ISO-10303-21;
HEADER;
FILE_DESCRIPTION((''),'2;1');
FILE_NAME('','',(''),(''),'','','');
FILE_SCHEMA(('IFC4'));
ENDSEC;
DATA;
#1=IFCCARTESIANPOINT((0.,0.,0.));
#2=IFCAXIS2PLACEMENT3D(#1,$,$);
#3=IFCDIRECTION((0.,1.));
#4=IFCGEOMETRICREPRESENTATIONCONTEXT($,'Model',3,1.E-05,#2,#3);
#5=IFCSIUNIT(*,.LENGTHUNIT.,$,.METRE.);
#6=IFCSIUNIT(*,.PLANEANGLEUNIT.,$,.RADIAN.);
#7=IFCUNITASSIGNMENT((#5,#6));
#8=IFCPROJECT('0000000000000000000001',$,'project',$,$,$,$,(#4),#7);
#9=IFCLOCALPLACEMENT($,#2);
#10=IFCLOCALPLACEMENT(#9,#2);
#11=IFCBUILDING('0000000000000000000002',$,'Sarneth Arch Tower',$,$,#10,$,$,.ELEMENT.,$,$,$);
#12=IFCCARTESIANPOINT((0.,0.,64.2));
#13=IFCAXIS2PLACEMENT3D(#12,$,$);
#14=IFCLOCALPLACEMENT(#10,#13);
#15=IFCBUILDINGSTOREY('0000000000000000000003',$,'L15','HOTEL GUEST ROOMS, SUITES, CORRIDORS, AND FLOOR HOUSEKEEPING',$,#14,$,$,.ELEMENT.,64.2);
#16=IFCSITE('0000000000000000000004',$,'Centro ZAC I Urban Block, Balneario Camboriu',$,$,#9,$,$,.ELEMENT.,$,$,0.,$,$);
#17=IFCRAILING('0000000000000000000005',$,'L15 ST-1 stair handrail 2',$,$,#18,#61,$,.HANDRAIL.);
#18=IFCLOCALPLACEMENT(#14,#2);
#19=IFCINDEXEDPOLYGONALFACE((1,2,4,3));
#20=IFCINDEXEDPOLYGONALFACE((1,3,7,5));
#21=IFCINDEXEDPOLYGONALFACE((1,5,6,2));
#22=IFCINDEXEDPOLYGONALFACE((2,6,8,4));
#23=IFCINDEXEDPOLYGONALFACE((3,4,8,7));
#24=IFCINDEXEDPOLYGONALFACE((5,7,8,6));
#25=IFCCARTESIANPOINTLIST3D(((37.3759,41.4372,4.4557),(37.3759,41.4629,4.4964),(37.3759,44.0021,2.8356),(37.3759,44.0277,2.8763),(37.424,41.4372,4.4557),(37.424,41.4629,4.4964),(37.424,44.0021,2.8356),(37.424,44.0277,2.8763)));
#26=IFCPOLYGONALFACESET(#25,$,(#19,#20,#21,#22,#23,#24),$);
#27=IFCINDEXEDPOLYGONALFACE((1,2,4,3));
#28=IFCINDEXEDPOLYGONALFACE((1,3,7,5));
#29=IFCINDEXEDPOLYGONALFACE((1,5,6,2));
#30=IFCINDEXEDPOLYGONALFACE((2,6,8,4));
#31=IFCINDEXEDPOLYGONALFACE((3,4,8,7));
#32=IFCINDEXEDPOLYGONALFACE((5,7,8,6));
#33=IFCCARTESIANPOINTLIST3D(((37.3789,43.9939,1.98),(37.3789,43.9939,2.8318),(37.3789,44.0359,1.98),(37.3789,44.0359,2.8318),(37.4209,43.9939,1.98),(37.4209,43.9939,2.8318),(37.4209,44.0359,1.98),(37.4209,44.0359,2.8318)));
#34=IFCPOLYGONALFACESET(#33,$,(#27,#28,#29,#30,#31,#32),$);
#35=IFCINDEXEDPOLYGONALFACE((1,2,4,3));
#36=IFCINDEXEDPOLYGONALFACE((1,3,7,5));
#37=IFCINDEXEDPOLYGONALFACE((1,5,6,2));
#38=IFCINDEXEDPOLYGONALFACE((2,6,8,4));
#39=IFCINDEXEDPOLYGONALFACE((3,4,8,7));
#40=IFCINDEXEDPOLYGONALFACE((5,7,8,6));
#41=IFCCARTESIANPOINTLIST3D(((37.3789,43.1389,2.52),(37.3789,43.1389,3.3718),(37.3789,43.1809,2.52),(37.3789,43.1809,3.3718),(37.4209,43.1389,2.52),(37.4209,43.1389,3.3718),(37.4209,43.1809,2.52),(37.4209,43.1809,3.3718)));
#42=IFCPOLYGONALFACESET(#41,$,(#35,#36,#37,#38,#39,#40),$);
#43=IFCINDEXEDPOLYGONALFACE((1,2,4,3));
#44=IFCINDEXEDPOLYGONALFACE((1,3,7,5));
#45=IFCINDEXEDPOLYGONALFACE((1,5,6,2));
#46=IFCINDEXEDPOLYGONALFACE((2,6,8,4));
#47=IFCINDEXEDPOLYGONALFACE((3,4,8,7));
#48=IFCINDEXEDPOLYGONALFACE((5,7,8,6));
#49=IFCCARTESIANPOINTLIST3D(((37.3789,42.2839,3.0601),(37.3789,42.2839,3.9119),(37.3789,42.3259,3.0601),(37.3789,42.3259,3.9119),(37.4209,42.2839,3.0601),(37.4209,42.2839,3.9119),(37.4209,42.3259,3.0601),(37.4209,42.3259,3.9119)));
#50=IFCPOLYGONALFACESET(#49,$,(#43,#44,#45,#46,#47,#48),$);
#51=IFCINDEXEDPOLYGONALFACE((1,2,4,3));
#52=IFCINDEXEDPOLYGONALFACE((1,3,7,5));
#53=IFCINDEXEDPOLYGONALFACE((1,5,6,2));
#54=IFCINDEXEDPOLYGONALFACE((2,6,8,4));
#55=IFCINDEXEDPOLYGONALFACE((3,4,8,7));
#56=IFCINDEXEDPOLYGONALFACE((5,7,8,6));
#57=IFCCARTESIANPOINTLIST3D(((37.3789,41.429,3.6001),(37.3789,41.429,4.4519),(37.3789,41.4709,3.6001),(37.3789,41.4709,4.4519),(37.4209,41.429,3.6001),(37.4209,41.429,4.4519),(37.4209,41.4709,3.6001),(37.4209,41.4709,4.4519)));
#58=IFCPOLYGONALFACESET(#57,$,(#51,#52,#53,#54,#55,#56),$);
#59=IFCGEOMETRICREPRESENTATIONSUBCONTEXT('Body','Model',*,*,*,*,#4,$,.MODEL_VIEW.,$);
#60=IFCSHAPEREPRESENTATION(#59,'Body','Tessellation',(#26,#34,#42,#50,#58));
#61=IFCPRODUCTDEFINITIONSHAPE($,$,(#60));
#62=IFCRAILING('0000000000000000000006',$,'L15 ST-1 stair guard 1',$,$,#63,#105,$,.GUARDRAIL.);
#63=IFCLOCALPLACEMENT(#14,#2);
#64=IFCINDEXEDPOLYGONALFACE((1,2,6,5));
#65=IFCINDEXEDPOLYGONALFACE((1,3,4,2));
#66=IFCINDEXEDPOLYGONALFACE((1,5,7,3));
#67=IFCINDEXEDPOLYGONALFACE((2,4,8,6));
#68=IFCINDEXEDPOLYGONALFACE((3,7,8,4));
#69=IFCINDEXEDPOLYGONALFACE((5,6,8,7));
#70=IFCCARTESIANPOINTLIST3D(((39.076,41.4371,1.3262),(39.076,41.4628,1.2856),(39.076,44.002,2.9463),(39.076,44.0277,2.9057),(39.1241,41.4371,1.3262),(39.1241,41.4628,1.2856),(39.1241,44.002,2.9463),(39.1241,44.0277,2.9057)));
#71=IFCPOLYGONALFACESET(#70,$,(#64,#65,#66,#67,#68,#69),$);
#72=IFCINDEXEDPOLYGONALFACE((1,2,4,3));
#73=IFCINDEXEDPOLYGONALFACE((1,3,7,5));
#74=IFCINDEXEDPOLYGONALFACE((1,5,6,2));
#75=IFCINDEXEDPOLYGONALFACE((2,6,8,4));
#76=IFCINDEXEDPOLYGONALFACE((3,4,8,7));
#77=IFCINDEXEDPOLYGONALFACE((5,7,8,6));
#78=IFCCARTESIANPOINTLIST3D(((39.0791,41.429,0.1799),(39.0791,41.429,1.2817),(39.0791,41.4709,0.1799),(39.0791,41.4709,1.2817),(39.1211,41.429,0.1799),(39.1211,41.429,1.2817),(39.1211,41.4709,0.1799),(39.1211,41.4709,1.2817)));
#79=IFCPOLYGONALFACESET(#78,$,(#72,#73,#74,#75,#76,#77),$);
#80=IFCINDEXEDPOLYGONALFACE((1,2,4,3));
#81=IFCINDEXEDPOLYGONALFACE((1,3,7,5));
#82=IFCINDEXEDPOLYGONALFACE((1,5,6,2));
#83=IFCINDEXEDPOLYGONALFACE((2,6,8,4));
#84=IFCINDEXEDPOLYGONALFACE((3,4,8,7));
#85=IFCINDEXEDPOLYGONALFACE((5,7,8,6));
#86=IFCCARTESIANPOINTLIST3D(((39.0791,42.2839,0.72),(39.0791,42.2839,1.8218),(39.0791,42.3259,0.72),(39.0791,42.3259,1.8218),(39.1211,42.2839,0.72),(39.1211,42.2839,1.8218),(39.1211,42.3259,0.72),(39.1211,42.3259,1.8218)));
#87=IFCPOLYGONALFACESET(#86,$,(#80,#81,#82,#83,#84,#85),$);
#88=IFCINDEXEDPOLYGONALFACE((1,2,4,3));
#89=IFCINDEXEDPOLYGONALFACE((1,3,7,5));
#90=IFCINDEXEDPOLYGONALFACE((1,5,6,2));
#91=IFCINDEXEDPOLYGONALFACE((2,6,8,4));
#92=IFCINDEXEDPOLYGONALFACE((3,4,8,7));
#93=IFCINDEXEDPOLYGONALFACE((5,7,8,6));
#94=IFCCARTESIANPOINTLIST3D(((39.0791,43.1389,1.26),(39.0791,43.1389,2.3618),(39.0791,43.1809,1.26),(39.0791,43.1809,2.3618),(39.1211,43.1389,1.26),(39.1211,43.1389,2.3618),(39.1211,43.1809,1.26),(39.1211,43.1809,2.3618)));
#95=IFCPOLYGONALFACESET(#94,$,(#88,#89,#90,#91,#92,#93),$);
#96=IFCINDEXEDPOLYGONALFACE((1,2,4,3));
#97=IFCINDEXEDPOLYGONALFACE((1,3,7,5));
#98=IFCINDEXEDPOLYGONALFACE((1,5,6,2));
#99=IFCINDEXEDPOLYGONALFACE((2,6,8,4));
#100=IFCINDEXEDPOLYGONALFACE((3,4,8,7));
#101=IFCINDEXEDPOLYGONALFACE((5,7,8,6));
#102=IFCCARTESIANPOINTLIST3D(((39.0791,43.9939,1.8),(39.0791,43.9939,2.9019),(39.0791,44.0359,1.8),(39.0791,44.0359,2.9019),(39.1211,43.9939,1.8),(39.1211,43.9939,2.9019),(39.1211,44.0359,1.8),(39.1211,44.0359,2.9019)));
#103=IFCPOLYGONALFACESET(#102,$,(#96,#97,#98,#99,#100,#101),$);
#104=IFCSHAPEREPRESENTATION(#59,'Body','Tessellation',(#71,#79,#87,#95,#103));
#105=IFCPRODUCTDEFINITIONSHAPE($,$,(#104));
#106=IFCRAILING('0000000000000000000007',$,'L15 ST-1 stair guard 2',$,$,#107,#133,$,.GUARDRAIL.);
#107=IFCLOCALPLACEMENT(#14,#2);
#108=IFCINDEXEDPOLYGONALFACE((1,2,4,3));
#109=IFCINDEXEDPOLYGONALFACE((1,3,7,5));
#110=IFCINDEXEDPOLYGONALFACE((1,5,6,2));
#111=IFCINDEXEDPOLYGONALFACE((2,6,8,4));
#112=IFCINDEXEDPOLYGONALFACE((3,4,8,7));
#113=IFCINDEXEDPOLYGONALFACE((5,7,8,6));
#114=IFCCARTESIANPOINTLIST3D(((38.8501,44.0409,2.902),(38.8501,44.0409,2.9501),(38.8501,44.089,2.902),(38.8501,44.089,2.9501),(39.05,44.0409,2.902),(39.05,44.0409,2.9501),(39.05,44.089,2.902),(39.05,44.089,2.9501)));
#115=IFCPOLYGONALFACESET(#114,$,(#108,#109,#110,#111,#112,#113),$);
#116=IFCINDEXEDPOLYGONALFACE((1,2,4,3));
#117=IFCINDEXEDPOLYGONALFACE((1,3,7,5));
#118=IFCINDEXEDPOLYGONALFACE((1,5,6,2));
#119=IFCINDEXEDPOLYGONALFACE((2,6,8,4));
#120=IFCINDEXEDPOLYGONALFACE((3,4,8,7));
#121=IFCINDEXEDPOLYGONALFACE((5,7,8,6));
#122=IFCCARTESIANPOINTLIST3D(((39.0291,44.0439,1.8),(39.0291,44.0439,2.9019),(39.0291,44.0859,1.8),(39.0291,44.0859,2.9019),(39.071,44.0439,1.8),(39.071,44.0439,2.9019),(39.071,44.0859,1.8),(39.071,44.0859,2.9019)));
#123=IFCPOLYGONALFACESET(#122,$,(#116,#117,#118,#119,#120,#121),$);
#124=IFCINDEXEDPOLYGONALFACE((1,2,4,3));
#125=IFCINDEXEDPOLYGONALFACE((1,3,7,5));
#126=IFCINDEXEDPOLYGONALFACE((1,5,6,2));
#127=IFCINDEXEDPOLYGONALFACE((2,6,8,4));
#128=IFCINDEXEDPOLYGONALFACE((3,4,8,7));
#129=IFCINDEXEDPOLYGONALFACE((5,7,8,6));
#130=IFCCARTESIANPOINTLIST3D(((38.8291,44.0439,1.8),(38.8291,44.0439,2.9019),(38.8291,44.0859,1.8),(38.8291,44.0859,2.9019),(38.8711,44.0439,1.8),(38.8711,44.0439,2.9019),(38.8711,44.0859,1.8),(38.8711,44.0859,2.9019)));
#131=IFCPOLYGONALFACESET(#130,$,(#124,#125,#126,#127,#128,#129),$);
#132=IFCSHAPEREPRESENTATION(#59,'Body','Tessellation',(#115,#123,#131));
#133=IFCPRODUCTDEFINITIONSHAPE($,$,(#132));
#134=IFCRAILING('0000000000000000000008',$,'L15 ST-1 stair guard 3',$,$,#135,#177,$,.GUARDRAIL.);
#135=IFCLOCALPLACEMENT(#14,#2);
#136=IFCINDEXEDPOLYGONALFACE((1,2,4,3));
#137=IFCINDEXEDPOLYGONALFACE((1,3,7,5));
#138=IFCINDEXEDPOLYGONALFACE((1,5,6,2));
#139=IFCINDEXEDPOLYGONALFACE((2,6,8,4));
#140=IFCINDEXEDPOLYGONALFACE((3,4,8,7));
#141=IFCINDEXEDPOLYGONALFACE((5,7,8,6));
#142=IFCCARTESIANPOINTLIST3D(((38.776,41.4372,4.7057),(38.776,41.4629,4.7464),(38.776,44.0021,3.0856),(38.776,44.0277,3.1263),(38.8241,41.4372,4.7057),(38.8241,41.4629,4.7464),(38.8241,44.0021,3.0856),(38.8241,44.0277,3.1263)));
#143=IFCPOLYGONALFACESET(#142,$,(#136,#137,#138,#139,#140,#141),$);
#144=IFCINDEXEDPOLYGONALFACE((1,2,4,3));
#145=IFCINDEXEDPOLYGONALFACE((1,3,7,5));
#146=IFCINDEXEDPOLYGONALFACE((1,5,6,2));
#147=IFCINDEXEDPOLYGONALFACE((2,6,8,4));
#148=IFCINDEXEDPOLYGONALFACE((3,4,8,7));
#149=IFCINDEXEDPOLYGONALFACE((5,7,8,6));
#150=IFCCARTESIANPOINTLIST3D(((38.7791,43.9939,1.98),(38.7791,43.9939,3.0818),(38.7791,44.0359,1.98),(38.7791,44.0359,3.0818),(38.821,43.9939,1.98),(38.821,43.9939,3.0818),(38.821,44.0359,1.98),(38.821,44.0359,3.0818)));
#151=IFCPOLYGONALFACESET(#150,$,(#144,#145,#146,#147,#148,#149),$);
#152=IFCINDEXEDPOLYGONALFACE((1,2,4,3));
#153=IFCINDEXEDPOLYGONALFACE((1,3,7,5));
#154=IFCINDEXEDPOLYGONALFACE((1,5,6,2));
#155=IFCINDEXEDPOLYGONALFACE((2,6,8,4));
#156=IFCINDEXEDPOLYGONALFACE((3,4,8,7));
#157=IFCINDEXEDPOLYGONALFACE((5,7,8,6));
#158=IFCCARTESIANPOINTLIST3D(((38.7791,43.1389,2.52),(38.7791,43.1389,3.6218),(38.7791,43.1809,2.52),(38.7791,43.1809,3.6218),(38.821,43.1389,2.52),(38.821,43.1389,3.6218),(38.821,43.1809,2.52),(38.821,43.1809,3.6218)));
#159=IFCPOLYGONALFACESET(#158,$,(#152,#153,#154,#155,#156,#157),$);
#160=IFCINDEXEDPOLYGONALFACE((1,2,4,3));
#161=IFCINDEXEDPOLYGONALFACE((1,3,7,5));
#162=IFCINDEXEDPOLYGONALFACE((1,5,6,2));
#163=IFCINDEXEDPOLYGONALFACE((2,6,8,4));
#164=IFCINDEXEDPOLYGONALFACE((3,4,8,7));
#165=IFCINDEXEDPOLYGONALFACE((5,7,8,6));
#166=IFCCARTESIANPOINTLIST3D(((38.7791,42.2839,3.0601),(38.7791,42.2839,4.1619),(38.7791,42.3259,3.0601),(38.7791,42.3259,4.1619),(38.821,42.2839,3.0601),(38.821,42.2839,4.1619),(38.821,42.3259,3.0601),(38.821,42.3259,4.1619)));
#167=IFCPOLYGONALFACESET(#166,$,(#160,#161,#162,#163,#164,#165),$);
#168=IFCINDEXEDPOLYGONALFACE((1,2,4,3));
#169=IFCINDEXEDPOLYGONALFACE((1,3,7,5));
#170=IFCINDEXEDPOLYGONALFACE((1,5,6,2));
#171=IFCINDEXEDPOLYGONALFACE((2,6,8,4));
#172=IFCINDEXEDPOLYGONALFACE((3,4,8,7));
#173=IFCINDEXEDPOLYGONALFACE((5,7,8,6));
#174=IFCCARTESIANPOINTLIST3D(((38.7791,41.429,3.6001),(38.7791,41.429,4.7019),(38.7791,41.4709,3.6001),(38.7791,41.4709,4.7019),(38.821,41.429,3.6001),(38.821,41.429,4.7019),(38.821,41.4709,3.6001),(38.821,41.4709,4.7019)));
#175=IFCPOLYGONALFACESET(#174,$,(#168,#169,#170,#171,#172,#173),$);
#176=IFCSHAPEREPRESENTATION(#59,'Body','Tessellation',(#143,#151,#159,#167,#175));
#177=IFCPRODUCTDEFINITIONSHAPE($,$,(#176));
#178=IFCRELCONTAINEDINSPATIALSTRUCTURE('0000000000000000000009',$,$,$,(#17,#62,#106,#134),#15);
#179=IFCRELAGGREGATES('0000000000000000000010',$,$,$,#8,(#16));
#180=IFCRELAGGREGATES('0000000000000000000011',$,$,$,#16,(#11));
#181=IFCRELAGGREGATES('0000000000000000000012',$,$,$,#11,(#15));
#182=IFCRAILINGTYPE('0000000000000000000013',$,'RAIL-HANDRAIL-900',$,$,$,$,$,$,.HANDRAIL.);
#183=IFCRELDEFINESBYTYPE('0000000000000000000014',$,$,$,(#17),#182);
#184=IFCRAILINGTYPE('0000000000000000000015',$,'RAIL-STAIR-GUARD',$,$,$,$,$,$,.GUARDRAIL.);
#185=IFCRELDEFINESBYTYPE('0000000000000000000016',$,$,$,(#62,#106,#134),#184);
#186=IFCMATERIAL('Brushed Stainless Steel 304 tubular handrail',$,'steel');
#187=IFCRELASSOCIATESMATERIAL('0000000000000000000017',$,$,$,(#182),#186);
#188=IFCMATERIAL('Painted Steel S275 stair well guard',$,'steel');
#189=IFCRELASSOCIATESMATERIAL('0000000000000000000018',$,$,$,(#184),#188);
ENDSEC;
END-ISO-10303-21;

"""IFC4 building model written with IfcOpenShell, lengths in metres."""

from ifc_helpers import new_model, si_unit, direction, frame, origin, origin_2d, place, context, subcontext, project, spatial, rectangle, extrude, material, type_object, element, save


model = new_model("IFC4")

# Units and contexts
model_context = context("Model", 3, precision=1e-05, world=origin(), true_north=direction((0.0, 1.0)))
body_context = subcontext(model_context, "Body", "Model", "MODEL_VIEW")
ifc_project = project(units=[si_unit("LENGTHUNIT", "METRE"), si_unit("PLANEANGLEUNIT", "RADIAN")], contexts=[model_context])

# Site, building, storey
site_placement = place(None, origin())
site = spatial("IfcSite", under=ifc_project, at=site_placement, Name="Centro ZAC I Urban Block, Balneario Camboriu", CompositionType="ELEMENT", RefElevation=0.0)
building_placement = place(site_placement, origin())
building = spatial("IfcBuilding", under=site, at=building_placement, Name="Sarneth Arch Tower", CompositionType="ELEMENT")
storey_placement = place(building_placement, frame((0.0, 0.0, 64.2)))
storey = spatial("IfcBuildingStorey", under=building, at=storey_placement, Name="L15", Description="HOTEL GUEST ROOMS, SUITES, CORRIDORS, AND FLOOR HOUSEKEEPING", CompositionType="ELEMENT", Elevation=64.2)

# Railings
ifc_material_1 = material(Name="Brushed Stainless Steel 304 tubular handrail", Category="steel")
railing_type_1 = type_object("IfcRailingType", Name="RAIL-HANDRAIL-900", PredefinedType="HANDRAIL", material=ifc_material_1)
railing_1_placement = place(storey_placement, frame((37.3999, 44.0149, 1.98)))
element("IfcRailing", 1, at=railing_1_placement, inside=storey, type_object=railing_type_1, Name="L15 ST-1 stair handrail 2", PredefinedType="HANDRAIL", context=body_context, shape_type="SweptSolid", body=[
    extrude(rectangle(XDim=0.0481, YDim=0.0481, at=origin_2d()), frame((0.0, 0.0, 0.876), z_axis=(0.0, -0.845466, 0.534029), x_axis=(1.0, 0.0, 0.0)), (0.0, 0.0, 1.0), 3.0337),
    extrude(rectangle(XDim=0.042, YDim=0.042, at=origin_2d()), origin(), (0.0, 0.0, 1.0), 0.8518),
    extrude(rectangle(XDim=0.042, YDim=0.042, at=origin_2d()), frame((0.0, -0.855, 0.54)), (0.0, 0.0, 1.0), 0.8518),
    extrude(rectangle(XDim=0.042, YDim=0.042, at=origin_2d()), frame((0.0, -1.71, 1.0801)), (0.0, 0.0, 1.0), 0.8518),
    extrude(rectangle(XDim=0.042, YDim=0.042, at=origin_2d()), frame((0.0, -2.5649, 1.6201)), (0.0, 0.0, 1.0), 0.8518),
])
ifc_material_2 = material(Name="Painted Steel S275 stair well guard", Category="steel")
railing_type_2 = type_object("IfcRailingType", Name="RAIL-STAIR-GUARD", PredefinedType="GUARDRAIL", material=ifc_material_2)
railing_2_placement = place(storey_placement, frame((39.1001, 41.45, 0.1799)))
element("IfcRailing", 2, at=railing_2_placement, inside=storey, type_object=railing_type_2, Name="L15 ST-1 stair guard 1", PredefinedType="GUARDRAIL", context=body_context, shape_type="SweptSolid", body=[
    extrude(rectangle(XDim=0.0481, YDim=0.0481, at=origin_2d()), frame((0.0, 0.0, 1.126), z_axis=(0.0, 0.845466, 0.534029), x_axis=(-1.0, 0.0, 0.0)), (0.0, 0.0, 1.0), 3.0337),
    extrude(rectangle(XDim=0.042, YDim=0.042, at=origin_2d()), origin(), (0.0, 0.0, 1.0), 1.1018),
    extrude(rectangle(XDim=0.042, YDim=0.042, at=origin_2d()), frame((0.0, 0.855, 0.54)), (0.0, 0.0, 1.0), 1.1018),
    extrude(rectangle(XDim=0.042, YDim=0.042, at=origin_2d()), frame((0.0, 1.71, 1.0801)), (0.0, 0.0, 1.0), 1.1018),
    extrude(rectangle(XDim=0.042, YDim=0.042, at=origin_2d()), frame((0.0, 2.5649, 1.6201)), (0.0, 0.0, 1.0), 1.1018),
])
railing_3_placement = place(storey_placement, frame((39.05, 44.0649, 1.8)))
element("IfcRailing", 3, at=railing_3_placement, inside=storey, type_object=railing_type_2, Name="L15 ST-1 stair guard 2", PredefinedType="GUARDRAIL", context=body_context, shape_type="SweptSolid", body=[
    extrude(rectangle(XDim=0.0481, YDim=0.0481, at=origin_2d()), frame((0.0, 0.0, 1.126), z_axis=(-1.0, 0.0, 0.0), x_axis=(0.0, -1.0, 0.0)), (0.0, 0.0, 1.0), 0.2),
    extrude(rectangle(XDim=0.042, YDim=0.042, at=origin_2d()), origin(), (0.0, 0.0, 1.0), 1.1018),
    extrude(rectangle(XDim=0.042, YDim=0.042, at=origin_2d()), frame((-0.2, 0.0, 0.0)), (0.0, 0.0, 1.0), 1.1018),
])
railing_4_placement = place(storey_placement, frame((38.8, 44.0149, 1.98)))
element("IfcRailing", 4, at=railing_4_placement, inside=storey, type_object=railing_type_2, Name="L15 ST-1 stair guard 3", PredefinedType="GUARDRAIL", context=body_context, shape_type="SweptSolid", body=[
    extrude(rectangle(XDim=0.0481, YDim=0.0481, at=origin_2d()), frame((0.0, 0.0, 1.126), z_axis=(0.0, -0.845466, 0.534029), x_axis=(1.0, 0.0, 0.0)), (0.0, 0.0, 1.0), 3.0337),
    extrude(rectangle(XDim=0.042, YDim=0.042, at=origin_2d()), origin(), (0.0, 0.0, 1.0), 1.1018),
    extrude(rectangle(XDim=0.042, YDim=0.042, at=origin_2d()), frame((0.0, -0.855, 0.54)), (0.0, 0.0, 1.0), 1.1018),
    extrude(rectangle(XDim=0.042, YDim=0.042, at=origin_2d()), frame((0.0, -1.71, 1.0801)), (0.0, 0.0, 1.0), 1.1018),
    extrude(rectangle(XDim=0.042, YDim=0.042, at=origin_2d()), frame((0.0, -2.5649, 1.6201)), (0.0, 0.0, 1.0), 1.1018),
])

save(model, "model.ifc")
